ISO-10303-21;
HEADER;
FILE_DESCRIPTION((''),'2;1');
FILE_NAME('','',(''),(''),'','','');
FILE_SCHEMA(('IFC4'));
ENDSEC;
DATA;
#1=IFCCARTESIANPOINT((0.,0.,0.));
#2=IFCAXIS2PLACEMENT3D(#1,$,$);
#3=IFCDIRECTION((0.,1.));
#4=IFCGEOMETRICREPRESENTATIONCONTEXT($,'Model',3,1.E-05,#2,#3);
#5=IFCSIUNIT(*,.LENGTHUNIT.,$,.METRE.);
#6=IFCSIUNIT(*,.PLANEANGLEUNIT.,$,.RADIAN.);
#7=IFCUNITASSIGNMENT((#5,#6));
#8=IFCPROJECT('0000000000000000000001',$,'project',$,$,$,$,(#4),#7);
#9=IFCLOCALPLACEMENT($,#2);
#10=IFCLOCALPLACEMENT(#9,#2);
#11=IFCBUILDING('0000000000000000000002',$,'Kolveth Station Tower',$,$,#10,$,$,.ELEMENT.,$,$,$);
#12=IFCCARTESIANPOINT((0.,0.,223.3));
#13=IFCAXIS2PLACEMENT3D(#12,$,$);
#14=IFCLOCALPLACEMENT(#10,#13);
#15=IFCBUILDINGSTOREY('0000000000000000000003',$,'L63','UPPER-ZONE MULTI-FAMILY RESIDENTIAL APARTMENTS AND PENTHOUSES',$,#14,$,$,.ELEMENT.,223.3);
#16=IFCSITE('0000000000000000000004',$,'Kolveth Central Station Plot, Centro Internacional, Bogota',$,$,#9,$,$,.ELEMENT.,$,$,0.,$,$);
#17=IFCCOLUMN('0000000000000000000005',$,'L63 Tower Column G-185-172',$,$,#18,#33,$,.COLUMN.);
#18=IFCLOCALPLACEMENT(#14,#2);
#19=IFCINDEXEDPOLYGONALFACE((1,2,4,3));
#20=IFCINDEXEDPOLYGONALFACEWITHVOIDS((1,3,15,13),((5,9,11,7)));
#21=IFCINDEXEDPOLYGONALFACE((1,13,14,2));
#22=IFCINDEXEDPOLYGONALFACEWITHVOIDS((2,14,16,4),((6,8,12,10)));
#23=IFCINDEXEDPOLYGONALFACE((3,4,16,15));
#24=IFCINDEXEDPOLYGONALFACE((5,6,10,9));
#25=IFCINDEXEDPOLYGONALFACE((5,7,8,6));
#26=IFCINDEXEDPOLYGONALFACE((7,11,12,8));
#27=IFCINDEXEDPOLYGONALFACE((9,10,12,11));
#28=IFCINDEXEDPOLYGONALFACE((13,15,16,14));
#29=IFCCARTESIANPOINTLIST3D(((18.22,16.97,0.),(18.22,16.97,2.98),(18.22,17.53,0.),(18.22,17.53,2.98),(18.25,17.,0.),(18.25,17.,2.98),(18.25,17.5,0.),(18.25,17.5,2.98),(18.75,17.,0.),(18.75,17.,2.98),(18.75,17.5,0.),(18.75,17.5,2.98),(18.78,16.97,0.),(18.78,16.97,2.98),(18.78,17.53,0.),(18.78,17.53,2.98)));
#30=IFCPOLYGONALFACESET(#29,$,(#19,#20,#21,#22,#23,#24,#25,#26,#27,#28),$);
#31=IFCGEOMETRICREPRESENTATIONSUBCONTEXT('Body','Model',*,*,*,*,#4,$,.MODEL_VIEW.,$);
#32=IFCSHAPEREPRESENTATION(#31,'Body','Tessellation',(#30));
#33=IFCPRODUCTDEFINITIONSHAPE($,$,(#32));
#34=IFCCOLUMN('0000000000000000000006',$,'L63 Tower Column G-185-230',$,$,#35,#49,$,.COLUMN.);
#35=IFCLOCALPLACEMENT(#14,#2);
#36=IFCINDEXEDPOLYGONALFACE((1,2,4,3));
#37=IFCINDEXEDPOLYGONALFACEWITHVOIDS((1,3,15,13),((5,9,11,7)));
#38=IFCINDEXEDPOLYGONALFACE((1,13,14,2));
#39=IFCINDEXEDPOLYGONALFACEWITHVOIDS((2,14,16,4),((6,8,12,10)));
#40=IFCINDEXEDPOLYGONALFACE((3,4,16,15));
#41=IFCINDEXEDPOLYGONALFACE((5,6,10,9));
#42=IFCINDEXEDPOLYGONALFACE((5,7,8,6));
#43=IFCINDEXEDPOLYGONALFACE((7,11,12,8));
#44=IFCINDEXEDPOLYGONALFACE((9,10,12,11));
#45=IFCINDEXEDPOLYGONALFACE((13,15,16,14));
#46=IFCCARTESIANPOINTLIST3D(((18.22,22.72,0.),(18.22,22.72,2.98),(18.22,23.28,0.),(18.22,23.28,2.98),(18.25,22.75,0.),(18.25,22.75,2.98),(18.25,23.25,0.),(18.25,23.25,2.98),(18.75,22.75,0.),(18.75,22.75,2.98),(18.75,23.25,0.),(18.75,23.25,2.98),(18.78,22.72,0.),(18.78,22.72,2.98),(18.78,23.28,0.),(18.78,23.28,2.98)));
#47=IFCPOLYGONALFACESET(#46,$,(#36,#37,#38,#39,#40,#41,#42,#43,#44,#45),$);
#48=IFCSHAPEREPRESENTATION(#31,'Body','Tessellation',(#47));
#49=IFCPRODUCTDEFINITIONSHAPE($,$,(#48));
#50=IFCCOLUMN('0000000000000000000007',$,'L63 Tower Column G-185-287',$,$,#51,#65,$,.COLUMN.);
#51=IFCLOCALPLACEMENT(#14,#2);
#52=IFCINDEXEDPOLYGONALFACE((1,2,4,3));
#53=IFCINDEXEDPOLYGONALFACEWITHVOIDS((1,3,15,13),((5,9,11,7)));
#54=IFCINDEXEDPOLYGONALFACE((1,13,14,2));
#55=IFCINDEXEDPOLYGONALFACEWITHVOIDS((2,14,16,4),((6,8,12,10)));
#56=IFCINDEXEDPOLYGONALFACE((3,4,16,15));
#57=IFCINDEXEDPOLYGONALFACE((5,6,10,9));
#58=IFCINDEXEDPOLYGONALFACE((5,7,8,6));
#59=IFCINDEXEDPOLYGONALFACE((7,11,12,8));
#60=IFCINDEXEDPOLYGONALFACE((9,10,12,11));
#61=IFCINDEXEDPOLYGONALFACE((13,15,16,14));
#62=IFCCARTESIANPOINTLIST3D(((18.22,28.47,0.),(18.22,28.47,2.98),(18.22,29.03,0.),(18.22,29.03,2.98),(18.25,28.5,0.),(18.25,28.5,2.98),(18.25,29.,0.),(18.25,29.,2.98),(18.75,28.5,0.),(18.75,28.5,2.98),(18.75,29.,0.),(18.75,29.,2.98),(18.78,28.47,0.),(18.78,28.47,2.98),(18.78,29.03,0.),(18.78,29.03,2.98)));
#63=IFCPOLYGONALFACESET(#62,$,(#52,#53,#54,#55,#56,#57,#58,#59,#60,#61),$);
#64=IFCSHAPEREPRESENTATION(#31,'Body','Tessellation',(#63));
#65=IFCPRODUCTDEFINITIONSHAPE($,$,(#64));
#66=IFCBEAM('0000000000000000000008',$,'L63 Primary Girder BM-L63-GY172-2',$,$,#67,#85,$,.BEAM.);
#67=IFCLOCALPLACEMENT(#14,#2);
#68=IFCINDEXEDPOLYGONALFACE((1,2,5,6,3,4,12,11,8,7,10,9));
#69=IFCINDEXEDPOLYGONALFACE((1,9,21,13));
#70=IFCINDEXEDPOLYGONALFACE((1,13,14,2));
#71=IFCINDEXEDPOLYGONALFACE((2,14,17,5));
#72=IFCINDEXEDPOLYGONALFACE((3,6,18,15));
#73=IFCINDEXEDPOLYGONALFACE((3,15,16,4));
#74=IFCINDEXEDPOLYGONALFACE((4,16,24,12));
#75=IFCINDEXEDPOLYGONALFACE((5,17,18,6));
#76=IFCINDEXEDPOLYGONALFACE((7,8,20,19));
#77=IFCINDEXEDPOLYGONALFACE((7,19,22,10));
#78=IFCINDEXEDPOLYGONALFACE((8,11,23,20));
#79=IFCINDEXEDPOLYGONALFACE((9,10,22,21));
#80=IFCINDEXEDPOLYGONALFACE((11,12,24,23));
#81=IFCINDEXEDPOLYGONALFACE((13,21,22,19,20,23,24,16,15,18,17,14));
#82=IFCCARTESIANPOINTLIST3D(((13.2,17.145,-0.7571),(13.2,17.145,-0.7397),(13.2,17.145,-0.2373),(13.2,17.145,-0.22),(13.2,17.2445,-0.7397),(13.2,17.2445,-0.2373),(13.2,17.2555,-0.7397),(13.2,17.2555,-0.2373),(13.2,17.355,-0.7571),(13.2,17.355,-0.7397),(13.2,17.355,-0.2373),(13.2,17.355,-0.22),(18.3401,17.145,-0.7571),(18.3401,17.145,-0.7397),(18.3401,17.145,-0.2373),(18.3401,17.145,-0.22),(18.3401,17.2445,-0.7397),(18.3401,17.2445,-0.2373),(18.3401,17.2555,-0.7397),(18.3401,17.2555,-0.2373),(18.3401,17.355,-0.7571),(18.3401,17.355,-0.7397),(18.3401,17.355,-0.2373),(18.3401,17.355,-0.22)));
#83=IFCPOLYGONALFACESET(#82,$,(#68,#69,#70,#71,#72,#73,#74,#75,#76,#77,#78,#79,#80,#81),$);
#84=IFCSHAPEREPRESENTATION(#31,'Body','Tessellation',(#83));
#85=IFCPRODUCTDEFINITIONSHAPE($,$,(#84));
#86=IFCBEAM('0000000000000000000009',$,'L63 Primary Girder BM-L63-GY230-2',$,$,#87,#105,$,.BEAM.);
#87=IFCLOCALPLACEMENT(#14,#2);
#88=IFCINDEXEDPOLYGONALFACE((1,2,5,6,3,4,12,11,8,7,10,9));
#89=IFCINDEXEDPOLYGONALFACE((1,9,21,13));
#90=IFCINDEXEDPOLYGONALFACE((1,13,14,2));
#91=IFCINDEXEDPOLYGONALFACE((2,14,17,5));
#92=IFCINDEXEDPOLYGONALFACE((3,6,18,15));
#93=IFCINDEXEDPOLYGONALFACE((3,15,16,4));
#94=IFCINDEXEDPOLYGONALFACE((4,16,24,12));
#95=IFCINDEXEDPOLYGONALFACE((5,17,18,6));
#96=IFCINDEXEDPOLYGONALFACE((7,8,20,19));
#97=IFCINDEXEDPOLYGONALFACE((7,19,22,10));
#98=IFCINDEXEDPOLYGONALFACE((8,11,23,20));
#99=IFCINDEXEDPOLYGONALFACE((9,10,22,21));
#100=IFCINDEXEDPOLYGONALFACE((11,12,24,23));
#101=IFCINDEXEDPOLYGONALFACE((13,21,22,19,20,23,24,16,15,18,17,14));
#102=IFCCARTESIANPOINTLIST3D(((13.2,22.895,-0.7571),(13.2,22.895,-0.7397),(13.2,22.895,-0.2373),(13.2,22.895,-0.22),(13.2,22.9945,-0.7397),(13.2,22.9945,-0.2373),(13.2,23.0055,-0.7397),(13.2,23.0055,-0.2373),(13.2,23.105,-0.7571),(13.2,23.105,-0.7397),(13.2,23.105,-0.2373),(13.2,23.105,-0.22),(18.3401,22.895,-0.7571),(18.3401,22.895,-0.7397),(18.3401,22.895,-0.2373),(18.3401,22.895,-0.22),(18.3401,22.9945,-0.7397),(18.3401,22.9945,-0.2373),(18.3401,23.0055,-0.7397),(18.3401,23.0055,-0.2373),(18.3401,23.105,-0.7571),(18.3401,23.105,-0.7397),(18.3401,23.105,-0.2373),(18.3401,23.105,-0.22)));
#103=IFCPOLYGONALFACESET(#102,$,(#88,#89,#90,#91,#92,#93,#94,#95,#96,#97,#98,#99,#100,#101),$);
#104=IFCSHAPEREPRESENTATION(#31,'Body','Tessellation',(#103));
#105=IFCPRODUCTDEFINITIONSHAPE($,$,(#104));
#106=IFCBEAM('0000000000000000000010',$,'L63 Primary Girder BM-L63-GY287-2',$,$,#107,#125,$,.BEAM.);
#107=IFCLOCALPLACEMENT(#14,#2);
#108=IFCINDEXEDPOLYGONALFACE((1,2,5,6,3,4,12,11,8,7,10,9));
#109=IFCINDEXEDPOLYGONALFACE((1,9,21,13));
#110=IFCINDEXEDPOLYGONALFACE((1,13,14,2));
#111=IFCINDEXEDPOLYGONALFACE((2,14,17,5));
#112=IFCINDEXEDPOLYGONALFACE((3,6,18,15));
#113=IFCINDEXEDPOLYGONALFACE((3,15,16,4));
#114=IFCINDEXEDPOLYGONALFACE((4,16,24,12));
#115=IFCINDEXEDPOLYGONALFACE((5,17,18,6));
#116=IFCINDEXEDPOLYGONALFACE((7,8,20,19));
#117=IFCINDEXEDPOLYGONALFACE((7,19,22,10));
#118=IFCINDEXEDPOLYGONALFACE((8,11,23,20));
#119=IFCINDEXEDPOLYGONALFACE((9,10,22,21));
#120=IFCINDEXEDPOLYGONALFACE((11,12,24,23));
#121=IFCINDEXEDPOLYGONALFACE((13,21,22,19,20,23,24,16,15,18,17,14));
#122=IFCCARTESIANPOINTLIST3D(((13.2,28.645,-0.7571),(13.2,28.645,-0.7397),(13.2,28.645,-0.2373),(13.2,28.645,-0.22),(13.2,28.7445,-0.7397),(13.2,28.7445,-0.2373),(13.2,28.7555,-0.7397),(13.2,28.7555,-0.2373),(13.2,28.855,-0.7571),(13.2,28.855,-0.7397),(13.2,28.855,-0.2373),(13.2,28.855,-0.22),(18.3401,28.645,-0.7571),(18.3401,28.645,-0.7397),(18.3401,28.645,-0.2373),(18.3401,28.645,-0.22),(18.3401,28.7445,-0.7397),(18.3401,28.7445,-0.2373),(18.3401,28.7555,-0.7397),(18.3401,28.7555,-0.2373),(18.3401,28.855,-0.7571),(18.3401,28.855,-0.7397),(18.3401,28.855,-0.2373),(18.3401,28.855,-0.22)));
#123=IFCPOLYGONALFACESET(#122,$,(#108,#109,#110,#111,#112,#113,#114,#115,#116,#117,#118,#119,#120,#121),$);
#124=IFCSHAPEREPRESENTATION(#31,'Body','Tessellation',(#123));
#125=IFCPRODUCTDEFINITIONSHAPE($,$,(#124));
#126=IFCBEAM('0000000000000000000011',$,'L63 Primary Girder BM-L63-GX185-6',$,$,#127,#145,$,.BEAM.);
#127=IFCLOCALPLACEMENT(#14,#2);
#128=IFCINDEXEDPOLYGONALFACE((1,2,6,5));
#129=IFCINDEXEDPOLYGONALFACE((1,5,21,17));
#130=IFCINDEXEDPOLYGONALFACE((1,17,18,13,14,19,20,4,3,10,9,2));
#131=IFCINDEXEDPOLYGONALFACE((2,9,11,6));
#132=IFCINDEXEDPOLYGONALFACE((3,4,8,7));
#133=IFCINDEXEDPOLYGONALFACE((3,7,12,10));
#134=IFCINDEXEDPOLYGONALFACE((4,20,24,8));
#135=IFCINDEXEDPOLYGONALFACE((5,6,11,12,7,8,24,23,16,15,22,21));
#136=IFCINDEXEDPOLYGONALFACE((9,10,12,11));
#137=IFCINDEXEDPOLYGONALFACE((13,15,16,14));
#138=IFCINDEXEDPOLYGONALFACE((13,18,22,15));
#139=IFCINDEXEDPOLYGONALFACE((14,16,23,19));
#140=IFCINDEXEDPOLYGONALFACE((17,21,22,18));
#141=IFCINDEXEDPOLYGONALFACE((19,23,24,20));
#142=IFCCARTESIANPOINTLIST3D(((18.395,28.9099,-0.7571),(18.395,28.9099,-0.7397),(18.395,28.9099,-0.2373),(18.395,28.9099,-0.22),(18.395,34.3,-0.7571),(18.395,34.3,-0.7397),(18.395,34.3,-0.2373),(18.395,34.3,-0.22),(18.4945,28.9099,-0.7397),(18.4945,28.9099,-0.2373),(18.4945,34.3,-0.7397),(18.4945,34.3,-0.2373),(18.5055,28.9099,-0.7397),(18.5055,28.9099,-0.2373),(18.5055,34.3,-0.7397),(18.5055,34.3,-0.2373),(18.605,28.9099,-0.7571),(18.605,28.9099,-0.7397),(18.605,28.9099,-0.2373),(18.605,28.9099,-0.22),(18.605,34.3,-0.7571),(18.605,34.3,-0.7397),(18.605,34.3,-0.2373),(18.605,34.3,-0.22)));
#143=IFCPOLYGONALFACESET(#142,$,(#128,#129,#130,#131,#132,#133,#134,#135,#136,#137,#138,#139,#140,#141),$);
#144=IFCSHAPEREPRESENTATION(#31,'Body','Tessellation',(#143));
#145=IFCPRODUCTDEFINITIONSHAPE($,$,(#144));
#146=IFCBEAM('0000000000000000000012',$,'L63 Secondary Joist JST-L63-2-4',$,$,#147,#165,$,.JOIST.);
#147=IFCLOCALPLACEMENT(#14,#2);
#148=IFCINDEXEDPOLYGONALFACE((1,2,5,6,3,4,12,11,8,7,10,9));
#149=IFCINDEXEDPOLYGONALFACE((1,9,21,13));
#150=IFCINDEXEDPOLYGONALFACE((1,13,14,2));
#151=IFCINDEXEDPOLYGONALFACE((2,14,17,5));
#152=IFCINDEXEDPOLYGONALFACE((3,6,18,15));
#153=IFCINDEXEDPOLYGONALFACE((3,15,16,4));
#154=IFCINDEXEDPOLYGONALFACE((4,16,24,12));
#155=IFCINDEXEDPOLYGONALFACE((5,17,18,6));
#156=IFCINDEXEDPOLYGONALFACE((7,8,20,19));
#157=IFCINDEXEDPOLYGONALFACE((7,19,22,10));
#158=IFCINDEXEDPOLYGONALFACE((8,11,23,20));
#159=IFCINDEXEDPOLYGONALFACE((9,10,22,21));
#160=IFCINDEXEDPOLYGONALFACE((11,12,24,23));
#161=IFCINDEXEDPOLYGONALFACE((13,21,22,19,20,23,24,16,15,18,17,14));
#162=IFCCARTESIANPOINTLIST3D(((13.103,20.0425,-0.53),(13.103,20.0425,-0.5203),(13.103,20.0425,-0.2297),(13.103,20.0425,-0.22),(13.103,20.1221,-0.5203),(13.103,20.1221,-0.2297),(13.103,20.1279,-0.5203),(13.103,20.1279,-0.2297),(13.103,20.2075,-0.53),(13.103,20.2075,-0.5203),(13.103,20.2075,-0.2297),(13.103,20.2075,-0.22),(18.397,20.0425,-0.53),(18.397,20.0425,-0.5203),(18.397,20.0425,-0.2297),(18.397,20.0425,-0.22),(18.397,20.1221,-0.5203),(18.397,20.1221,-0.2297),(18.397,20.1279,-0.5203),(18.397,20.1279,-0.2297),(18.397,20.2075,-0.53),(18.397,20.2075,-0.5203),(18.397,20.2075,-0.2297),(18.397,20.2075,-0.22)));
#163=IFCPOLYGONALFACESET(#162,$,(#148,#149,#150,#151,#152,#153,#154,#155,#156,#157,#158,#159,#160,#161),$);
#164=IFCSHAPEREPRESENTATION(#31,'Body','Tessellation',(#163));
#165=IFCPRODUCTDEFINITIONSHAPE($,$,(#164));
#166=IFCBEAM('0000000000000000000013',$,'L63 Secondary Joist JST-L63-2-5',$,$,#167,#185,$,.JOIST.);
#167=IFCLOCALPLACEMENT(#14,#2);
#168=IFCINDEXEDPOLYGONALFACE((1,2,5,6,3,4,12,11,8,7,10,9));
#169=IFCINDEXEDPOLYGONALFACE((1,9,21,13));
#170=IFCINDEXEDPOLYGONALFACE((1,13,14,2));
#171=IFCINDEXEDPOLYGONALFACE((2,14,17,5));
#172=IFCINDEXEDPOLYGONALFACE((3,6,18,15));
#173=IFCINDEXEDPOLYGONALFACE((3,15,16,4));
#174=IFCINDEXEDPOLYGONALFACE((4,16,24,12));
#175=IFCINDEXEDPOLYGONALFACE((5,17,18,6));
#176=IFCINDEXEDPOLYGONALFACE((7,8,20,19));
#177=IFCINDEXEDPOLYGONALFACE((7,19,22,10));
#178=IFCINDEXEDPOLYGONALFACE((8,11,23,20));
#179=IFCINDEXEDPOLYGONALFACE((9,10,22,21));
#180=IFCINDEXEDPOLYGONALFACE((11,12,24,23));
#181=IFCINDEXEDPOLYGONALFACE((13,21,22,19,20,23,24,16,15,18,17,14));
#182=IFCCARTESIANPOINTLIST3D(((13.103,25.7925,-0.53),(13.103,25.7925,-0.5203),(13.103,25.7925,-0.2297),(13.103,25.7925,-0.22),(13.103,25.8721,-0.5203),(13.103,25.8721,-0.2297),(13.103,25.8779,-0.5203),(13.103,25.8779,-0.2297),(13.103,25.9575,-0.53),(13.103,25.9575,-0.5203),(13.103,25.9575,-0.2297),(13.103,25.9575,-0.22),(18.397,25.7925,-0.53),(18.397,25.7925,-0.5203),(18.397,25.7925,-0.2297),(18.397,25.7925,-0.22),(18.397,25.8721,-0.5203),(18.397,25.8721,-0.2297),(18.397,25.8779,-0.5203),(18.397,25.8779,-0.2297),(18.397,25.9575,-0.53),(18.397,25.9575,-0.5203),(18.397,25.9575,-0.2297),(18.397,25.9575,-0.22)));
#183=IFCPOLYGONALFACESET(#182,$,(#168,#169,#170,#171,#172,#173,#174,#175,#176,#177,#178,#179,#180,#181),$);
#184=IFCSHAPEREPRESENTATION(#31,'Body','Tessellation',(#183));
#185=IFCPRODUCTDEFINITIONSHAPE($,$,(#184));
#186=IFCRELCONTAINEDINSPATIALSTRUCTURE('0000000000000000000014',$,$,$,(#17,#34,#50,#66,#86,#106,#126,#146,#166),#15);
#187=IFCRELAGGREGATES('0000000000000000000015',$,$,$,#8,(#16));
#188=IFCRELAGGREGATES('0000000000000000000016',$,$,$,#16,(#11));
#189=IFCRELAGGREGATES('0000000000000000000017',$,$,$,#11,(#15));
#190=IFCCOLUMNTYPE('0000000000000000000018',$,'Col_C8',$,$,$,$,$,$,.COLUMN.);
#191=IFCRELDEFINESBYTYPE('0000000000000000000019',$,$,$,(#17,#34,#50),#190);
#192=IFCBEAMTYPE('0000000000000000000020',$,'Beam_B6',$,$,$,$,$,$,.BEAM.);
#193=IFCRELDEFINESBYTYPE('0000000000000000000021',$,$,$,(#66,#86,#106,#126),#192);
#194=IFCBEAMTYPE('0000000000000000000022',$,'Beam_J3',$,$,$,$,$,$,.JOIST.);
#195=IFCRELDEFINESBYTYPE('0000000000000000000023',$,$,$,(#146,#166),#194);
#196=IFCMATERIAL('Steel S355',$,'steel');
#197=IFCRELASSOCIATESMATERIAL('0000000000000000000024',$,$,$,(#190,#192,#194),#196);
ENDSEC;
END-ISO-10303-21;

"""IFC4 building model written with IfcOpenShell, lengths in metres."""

from ifc_helpers import new_model, si_unit, direction, frame, origin, origin_2d, place, context, subcontext, project, spatial, hollow_rectangle, i_section, extrude, source, transform, mapped, material, material_profile, profile_set, type_object, element, save


model = new_model("IFC4")

# Units and contexts
model_context = context("Model", 3, precision=1e-05, world=origin(), true_north=direction((0.0, 1.0)))
body_context = subcontext(model_context, "Body", "Model", "MODEL_VIEW")
ifc_project = project(units=[si_unit("LENGTHUNIT", "METRE"), si_unit("PLANEANGLEUNIT", "RADIAN")], contexts=[model_context])

# Site, building, storey
site_placement = place(None, origin())
site = spatial("IfcSite", under=ifc_project, at=site_placement, Name="Kolveth Central Station Plot, Centro Internacional, Bogota", CompositionType="ELEMENT", RefElevation=0.0)
building_placement = place(site_placement, origin())
building = spatial("IfcBuilding", under=site, at=building_placement, Name="Kolveth Station Tower", CompositionType="ELEMENT")
storey_placement = place(building_placement, frame((0.0, 0.0, 223.3)))
storey = spatial("IfcBuildingStorey", under=building, at=storey_placement, Name="L63", Description="UPPER-ZONE MULTI-FAMILY RESIDENTIAL APARTMENTS AND PENTHOUSES", CompositionType="ELEMENT", Elevation=223.3)

# Columns
ifc_material_1 = material(Name="Steel S355", Category="steel")
ifc_material_profile_1 = material_profile(ifc_material_1, hollow_rectangle(XDim=0.5601, YDim=0.5601, WallThickness=0.03, at=origin_2d()), Name="BOX560x560x30")
ifc_profile_set_1 = profile_set([ifc_material_profile_1], Name="Steel S355")
column_type = type_object("IfcColumnType", Name="Col_C8", PredefinedType="COLUMN", material=ifc_profile_set_1)
shared_shape_1 = source(origin(), body_context, "Body", "SweptSolid", [
    extrude(hollow_rectangle(XDim=0.5601, YDim=0.5601, WallThickness=0.03, at=origin_2d()), origin(), (0.0, 0.0, 1.0), 2.98),
])
for number, where, z_axis, x_axis, name in (
    (1, (18.5, 17.25, 0.0), (0.0, 0.0, 1.0), (1.0, 0.0, 0.0), "L63 Tower Column G-185-172"),
    (2, (18.5, 23.0, 0.0), (0.0, 0.0, 1.0), (1.0, 0.0, 0.0), "L63 Tower Column G-185-230"),
    (3, (18.5, 28.75, 0.0), (0.0, 0.0, 1.0), (1.0, 0.0, 0.0), "L63 Tower Column G-185-287"),
):
    element("IfcColumn", number, at=place(storey_placement, frame(where, z_axis=z_axis, x_axis=x_axis)), inside=storey, type_object=column_type, Name=name, PredefinedType="COLUMN", context=body_context, shape_type="MappedRepresentation", body=[
        mapped(shared_shape_1, transform((0.0, 0.0, 0.0), x_axis=(1.0, 0.0, 0.0), y_axis=(0.0, 1.0, 0.0), z_axis=(0.0, 0.0, 1.0), scale=1.0)),
    ])

# Beams
ifc_material_profile_2 = material_profile(ifc_material_1, i_section(OverallWidth=0.21, OverallDepth=0.5371, WebThickness=0.011, FlangeThickness=0.0173, at=origin_2d()), Name="W530x101")
ifc_profile_set_2 = profile_set([ifc_material_profile_2], Name="Steel S355")
beam_type_1 = type_object("IfcBeamType", Name="Beam_B6", PredefinedType="BEAM", material=ifc_profile_set_2)
shared_shape_2 = source(origin(), body_context, "Body", "SweptSolid", [
    extrude(i_section(OverallWidth=0.21, OverallDepth=0.5371, WebThickness=0.011, FlangeThickness=0.0173, at=origin_2d()), origin(), (0.0, 0.0, 1.0), 5.1401),
])
for number, where, z_axis, x_axis, name in (
    (4, (13.2, 17.25, -0.4885), (1.0, 0.0, 0.0), (0.0, 1.0, 0.0), "L63 Primary Girder BM-L63-GY172-2"),
    (5, (13.2, 23.0, -0.4885), (1.0, 0.0, 0.0), (0.0, 1.0, 0.0), "L63 Primary Girder BM-L63-GY230-2"),
    (6, (13.2, 28.75, -0.4885), (1.0, 0.0, 0.0), (0.0, 1.0, 0.0), "L63 Primary Girder BM-L63-GY287-2"),
):
    element("IfcBeam", number, at=place(storey_placement, frame(where, z_axis=z_axis, x_axis=x_axis)), inside=storey, type_object=beam_type_1, Name=name, PredefinedType="BEAM", context=body_context, shape_type="MappedRepresentation", body=[
        mapped(shared_shape_2, transform((0.0, 0.0, 0.0), x_axis=(1.0, 0.0, 0.0), y_axis=(0.0, 1.0, 0.0), z_axis=(0.0, 0.0, 1.0), scale=1.0)),
    ])
shared_shape_3 = source(origin(), body_context, "Body", "SweptSolid", [
    extrude(i_section(OverallWidth=0.21, OverallDepth=0.5371, WebThickness=0.011, FlangeThickness=0.0173, at=origin_2d()), origin(), (0.0, 0.0, 1.0), 5.3901),
])
beam_placement = place(storey_placement, frame((18.5, 28.9099, -0.4885), z_axis=(0.0, 1.0, 0.0), x_axis=(-1.0, 0.0, 0.0)))
element("IfcBeam", 7, at=beam_placement, inside=storey, type_object=beam_type_1, Name="L63 Primary Girder BM-L63-GX185-6", PredefinedType="BEAM", context=body_context, shape_type="MappedRepresentation", body=[
    mapped(shared_shape_3, transform((0.0, 0.0, 0.0), x_axis=(1.0, 0.0, 0.0), y_axis=(0.0, 1.0, 0.0), z_axis=(0.0, 0.0, 1.0), scale=1.0)),
])
ifc_material_profile_3 = material_profile(ifc_material_1, i_section(OverallWidth=0.165, OverallDepth=0.3101, WebThickness=0.0059, FlangeThickness=0.0098, at=origin_2d()), Name="W310x39")
ifc_profile_set_3 = profile_set([ifc_material_profile_3], Name="Steel S355")
beam_type_2 = type_object("IfcBeamType", Name="Beam_J3", PredefinedType="JOIST", material=ifc_profile_set_3)
shared_shape_4 = source(origin(), body_context, "Body", "SweptSolid", [
    extrude(i_section(OverallWidth=0.165, OverallDepth=0.3101, WebThickness=0.0059, FlangeThickness=0.0098, at=origin_2d()), origin(), (0.0, 0.0, 1.0), 5.2939),
])
for number, where, z_axis, x_axis, name in (
    (8, (13.103, 20.125, -0.375), (1.0, 0.0, 0.0), (0.0, 1.0, 0.0), "L63 Secondary Joist JST-L63-2-4"),
    (9, (13.103, 25.875, -0.375), (1.0, 0.0, 0.0), (0.0, 1.0, 0.0), "L63 Secondary Joist JST-L63-2-5"),
):
    element("IfcBeam", number, at=place(storey_placement, frame(where, z_axis=z_axis, x_axis=x_axis)), inside=storey, type_object=beam_type_2, Name=name, PredefinedType="JOIST", context=body_context, shape_type="MappedRepresentation", body=[
        mapped(shared_shape_4, transform((0.0, 0.0, 0.0), x_axis=(1.0, 0.0, 0.0), y_axis=(0.0, 1.0, 0.0), z_axis=(0.0, 0.0, 1.0), scale=1.0)),
    ])

save(model, "model.ifc")
